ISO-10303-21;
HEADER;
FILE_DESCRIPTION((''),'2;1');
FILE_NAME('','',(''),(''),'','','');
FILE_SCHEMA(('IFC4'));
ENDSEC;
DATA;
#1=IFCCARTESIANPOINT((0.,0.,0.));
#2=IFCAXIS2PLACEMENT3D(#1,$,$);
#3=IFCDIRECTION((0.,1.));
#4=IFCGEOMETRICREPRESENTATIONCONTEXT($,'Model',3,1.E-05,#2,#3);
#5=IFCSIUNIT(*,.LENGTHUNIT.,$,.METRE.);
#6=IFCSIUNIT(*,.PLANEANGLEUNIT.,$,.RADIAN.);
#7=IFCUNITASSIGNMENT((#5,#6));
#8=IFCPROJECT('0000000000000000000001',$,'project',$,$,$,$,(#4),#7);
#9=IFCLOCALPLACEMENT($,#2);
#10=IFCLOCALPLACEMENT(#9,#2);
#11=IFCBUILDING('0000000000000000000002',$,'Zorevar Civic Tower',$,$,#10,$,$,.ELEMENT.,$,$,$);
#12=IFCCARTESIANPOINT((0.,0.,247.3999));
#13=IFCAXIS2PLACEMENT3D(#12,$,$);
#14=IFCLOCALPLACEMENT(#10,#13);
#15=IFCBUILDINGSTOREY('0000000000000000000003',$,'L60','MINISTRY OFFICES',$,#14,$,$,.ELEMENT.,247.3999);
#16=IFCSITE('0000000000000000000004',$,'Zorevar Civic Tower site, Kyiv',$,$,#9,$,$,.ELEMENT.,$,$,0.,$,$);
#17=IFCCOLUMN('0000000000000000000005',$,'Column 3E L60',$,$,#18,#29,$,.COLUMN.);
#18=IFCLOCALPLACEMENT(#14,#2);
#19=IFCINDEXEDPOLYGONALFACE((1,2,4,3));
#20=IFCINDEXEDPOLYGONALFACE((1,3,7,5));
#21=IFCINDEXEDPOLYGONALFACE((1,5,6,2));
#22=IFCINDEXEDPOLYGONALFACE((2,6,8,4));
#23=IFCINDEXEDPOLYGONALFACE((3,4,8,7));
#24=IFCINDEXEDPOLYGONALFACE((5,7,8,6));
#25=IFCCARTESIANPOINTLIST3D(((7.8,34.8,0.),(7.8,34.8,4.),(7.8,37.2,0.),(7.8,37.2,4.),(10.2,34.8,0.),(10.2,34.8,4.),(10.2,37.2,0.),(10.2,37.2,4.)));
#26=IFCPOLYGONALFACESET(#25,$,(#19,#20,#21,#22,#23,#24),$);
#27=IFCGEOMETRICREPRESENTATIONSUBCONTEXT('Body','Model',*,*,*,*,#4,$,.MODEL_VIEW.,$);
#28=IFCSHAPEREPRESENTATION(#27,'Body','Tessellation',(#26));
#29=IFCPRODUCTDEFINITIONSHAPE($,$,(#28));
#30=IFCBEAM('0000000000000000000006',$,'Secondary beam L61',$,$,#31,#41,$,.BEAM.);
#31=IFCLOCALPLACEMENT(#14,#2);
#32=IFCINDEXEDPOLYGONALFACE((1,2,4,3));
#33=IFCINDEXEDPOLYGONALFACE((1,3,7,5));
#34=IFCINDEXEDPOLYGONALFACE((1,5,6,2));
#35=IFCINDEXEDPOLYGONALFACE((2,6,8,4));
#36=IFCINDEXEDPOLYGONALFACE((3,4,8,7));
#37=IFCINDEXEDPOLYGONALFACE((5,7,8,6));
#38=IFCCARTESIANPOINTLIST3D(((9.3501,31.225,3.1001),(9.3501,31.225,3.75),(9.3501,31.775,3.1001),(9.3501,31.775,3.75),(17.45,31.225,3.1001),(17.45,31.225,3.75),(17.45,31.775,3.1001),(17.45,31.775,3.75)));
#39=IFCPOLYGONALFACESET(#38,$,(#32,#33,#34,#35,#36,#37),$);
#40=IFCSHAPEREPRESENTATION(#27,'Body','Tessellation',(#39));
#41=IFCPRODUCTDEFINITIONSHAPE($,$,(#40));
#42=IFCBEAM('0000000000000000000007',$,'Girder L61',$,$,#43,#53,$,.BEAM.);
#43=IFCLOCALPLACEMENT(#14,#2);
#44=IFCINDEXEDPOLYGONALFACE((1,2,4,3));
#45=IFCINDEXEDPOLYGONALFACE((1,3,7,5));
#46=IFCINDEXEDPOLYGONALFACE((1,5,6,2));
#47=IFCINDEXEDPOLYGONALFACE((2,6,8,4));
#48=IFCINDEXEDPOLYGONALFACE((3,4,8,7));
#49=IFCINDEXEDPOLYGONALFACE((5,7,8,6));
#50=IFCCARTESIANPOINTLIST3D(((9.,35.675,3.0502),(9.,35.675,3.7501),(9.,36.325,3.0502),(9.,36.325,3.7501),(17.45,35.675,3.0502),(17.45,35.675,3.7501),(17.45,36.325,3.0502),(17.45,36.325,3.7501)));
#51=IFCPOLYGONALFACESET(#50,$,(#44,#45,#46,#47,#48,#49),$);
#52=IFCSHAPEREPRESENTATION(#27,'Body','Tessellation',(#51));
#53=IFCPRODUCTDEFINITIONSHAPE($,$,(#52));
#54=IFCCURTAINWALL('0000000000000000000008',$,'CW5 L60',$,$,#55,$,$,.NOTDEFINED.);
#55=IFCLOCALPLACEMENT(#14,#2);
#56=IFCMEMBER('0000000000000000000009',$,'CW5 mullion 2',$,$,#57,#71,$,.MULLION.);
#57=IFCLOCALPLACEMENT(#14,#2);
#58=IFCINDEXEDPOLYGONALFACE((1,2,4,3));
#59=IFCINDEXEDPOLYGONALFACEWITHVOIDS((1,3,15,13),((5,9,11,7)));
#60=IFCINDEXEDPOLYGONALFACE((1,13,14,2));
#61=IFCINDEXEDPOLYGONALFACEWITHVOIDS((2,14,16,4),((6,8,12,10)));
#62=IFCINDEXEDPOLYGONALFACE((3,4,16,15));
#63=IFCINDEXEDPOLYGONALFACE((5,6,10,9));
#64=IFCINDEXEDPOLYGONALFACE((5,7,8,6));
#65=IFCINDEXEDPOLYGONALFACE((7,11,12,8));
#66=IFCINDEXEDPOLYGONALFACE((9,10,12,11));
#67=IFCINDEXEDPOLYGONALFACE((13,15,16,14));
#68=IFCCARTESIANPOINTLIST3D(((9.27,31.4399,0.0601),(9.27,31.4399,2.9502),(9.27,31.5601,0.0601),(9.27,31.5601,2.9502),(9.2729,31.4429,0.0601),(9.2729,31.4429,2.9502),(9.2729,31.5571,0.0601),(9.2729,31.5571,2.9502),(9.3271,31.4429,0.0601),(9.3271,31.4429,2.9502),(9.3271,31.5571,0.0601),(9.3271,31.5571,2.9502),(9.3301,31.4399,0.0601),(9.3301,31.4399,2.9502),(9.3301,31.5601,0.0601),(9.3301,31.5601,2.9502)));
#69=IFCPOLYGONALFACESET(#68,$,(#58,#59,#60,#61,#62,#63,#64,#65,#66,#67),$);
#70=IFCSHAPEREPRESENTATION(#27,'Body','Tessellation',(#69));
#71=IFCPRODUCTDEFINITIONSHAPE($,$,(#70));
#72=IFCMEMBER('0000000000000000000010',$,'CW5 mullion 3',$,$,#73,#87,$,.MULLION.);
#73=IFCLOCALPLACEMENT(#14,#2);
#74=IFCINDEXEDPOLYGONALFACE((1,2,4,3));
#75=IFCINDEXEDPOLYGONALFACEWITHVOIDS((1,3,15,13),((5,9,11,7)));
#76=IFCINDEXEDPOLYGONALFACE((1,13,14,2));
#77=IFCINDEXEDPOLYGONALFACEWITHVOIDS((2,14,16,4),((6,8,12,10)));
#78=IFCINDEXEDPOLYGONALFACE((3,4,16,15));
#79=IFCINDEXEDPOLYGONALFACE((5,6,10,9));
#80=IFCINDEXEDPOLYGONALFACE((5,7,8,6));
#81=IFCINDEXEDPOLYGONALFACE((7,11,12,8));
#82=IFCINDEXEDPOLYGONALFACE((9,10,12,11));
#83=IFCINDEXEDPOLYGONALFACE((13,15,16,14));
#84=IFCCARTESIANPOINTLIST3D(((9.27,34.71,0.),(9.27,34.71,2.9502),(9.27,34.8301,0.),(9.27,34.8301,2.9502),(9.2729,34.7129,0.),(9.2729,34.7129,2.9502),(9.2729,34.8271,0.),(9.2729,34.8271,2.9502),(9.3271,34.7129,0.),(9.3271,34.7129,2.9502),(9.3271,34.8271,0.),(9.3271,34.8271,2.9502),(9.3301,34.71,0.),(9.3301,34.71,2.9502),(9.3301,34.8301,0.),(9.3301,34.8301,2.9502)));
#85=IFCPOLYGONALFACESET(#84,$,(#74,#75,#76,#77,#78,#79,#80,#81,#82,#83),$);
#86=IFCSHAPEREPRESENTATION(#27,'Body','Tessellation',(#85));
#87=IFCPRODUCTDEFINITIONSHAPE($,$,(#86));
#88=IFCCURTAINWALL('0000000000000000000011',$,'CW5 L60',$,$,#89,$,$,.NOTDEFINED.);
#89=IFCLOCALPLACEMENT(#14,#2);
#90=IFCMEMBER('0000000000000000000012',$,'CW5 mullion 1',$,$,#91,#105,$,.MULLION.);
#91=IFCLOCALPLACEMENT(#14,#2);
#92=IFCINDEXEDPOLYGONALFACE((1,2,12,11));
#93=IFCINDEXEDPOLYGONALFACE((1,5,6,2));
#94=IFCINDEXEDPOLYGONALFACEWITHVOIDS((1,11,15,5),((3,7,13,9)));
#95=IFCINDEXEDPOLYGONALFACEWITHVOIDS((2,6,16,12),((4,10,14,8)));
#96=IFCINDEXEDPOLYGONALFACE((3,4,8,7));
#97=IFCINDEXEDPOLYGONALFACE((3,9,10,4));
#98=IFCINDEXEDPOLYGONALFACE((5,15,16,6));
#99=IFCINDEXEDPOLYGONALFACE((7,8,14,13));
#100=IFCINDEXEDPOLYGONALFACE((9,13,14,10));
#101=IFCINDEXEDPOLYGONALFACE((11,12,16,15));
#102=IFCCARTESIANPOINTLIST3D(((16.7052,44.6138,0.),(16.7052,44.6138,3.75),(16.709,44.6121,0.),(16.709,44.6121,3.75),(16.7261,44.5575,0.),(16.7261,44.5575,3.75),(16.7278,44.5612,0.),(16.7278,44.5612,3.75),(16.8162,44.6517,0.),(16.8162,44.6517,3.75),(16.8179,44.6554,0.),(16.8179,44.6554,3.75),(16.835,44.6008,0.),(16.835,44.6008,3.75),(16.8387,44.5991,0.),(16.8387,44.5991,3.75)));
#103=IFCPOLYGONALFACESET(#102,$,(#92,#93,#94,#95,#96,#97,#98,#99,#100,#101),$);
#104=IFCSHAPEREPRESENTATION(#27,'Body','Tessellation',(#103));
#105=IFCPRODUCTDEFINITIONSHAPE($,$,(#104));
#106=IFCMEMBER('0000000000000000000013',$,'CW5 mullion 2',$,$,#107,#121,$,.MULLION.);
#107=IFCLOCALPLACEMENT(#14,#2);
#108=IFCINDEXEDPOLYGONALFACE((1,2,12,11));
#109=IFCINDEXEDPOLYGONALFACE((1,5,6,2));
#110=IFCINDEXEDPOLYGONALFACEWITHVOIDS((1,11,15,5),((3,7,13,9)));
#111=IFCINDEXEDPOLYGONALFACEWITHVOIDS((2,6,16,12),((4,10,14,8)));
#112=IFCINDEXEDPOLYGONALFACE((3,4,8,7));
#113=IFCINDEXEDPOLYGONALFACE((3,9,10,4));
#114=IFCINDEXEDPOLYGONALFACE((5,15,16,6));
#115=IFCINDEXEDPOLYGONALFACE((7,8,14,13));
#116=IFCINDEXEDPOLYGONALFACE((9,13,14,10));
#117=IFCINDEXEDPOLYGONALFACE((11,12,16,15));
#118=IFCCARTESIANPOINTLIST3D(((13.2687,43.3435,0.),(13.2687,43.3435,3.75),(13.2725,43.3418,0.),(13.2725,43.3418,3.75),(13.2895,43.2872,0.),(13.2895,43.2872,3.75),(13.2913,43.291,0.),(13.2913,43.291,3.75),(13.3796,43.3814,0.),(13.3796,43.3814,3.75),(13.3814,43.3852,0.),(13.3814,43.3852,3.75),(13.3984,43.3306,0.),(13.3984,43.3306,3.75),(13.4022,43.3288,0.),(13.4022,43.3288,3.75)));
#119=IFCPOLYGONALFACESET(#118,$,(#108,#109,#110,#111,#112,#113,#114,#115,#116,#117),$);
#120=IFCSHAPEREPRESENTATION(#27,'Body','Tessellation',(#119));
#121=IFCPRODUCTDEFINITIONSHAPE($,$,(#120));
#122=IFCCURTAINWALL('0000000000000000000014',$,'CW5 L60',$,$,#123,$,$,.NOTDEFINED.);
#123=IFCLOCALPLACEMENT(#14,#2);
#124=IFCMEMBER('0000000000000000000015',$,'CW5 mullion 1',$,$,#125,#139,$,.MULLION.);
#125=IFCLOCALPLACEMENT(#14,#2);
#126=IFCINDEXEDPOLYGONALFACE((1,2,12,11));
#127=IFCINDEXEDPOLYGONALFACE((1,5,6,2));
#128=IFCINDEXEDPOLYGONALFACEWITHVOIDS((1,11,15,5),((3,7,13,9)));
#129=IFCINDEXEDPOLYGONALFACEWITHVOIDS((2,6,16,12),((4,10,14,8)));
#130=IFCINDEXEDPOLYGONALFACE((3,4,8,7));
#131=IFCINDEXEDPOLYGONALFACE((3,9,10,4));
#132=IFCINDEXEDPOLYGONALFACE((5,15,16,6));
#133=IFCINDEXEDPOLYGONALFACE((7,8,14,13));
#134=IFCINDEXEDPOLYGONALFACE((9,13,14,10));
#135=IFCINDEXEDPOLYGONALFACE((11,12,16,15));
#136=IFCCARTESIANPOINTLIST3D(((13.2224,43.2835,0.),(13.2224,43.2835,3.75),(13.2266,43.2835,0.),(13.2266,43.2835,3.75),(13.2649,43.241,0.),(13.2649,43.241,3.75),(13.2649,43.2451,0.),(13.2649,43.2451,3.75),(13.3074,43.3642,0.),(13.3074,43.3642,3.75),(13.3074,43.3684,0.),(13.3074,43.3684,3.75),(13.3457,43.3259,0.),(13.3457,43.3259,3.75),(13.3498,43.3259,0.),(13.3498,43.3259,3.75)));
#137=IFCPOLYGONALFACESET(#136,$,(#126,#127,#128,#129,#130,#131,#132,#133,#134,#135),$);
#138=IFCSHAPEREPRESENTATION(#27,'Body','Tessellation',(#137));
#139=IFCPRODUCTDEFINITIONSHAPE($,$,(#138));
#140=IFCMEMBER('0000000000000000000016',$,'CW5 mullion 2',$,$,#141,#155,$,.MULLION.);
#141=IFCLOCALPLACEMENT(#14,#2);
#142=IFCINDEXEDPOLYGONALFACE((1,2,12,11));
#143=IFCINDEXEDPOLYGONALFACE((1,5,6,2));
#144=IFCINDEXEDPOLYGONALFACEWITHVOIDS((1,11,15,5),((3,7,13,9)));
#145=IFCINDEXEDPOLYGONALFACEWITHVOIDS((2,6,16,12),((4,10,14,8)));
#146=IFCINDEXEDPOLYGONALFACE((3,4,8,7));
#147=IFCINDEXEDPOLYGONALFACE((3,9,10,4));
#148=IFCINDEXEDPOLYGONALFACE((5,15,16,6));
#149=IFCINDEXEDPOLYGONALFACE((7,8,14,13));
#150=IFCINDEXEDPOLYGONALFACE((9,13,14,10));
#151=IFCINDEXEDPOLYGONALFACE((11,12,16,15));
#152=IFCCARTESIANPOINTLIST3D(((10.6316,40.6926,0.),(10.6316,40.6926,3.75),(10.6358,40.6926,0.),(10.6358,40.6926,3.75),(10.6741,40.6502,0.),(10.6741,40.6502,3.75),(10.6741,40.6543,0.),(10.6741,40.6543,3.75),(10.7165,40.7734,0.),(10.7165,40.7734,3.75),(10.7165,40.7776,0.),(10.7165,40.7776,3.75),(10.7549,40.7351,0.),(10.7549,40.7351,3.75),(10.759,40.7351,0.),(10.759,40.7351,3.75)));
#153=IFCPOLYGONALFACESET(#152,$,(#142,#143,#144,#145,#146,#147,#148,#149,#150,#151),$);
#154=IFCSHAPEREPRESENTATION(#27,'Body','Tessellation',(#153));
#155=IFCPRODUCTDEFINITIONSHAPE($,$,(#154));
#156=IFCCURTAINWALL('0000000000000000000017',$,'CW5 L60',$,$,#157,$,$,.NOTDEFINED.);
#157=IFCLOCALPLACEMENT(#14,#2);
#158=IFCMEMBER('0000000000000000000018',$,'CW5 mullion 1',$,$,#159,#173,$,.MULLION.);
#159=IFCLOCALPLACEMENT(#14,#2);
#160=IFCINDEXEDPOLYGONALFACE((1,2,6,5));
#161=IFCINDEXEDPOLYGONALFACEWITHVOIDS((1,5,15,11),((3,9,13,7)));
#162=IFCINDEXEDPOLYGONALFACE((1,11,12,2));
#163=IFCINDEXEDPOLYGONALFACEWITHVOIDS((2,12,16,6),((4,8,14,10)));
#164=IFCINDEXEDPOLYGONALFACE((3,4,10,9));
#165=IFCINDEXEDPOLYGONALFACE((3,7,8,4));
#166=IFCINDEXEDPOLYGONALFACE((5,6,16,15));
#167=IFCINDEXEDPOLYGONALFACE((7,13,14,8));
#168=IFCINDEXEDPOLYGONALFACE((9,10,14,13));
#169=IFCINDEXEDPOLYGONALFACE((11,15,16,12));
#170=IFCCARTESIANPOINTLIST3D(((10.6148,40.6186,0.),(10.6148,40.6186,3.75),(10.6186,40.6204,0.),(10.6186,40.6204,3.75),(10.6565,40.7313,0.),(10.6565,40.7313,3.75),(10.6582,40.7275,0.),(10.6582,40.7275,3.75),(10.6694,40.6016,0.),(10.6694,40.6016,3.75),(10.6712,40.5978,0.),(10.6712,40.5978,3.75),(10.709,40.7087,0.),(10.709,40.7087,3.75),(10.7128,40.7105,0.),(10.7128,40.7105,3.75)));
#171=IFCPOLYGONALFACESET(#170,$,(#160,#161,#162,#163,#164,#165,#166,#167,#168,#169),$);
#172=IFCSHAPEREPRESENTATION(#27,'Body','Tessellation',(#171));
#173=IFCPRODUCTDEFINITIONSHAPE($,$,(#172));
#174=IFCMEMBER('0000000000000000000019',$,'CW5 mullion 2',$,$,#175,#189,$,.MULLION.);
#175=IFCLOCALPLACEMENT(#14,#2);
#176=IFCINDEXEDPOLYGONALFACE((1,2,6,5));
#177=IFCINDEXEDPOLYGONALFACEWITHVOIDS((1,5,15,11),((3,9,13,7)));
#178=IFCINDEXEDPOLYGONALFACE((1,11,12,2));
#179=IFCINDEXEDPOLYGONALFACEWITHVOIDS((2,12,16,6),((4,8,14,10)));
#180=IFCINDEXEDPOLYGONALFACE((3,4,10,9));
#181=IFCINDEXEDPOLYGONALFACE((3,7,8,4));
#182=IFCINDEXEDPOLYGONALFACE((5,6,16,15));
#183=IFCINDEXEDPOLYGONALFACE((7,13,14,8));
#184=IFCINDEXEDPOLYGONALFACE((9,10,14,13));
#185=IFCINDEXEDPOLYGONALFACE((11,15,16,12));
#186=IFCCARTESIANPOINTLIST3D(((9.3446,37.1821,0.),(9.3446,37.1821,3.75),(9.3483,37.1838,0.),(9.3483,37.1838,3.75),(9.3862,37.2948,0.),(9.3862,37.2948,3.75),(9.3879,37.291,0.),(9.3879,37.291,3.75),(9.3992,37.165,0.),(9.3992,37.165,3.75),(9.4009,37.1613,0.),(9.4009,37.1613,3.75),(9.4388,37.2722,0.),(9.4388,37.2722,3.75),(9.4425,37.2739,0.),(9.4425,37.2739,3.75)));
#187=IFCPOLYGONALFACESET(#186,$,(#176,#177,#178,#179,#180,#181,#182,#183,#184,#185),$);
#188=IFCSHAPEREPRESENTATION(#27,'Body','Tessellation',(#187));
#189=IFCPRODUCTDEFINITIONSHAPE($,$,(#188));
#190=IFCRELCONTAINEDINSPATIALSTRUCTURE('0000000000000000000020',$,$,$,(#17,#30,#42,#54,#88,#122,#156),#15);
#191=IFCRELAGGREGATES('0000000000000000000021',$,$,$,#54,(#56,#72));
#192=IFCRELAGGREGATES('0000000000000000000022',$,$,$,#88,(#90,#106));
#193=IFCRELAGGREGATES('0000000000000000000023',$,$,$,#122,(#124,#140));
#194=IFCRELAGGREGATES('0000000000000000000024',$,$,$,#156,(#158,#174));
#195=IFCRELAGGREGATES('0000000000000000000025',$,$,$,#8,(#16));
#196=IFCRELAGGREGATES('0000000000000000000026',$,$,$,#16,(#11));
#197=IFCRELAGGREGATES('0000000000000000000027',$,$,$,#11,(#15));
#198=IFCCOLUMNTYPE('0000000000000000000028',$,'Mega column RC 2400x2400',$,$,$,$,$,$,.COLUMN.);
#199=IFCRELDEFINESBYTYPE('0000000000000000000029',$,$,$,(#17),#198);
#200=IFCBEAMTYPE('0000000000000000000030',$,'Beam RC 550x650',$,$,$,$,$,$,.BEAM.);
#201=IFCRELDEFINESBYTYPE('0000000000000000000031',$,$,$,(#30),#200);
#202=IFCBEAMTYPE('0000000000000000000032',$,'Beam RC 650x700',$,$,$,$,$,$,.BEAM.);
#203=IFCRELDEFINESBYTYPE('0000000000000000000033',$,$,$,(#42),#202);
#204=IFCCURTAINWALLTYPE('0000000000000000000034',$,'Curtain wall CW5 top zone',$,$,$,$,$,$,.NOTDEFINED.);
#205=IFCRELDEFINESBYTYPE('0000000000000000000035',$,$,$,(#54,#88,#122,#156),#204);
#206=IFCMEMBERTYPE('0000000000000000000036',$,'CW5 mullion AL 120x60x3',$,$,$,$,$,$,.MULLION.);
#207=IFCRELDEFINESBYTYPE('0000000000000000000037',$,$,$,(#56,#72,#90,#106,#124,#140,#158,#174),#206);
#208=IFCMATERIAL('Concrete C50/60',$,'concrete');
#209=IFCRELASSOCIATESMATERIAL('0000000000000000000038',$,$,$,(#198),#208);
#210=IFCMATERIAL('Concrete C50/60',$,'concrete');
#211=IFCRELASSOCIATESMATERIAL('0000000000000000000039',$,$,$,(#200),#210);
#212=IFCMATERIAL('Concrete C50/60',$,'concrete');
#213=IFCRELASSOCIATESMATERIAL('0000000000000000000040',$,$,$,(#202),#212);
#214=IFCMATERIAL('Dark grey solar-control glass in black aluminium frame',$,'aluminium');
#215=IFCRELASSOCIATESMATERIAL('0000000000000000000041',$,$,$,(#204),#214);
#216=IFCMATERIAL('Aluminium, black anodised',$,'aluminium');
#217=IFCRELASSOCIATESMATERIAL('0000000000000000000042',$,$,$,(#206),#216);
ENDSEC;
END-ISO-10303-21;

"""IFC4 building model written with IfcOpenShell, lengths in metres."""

from ifc_helpers import new_model, si_unit, direction, frame, origin, origin_2d, place, context, subcontext, project, spatial, rectangle, hollow_rectangle, extrude, material, material_profile, profile_set, type_object, element, aggregate, save


model = new_model("IFC4")

# Units and contexts
model_context = context("Model", 3, precision=1e-05, world=origin(), true_north=direction((0.0, 1.0)))
body_context = subcontext(model_context, "Body", "Model", "MODEL_VIEW")
ifc_project = project(units=[si_unit("LENGTHUNIT", "METRE"), si_unit("PLANEANGLEUNIT", "RADIAN")], contexts=[model_context])

# Site, building, storey
site_placement = place(None, origin())
site = spatial("IfcSite", under=ifc_project, at=site_placement, Name="Zorevar Civic Tower site, Kyiv", CompositionType="ELEMENT", RefElevation=0.0)
building_placement = place(site_placement, origin())
building = spatial("IfcBuilding", under=site, at=building_placement, Name="Zorevar Civic Tower", CompositionType="ELEMENT")
storey_placement = place(building_placement, frame((0.0, 0.0, 247.3999)))
storey = spatial("IfcBuildingStorey", under=building, at=storey_placement, Name="L60", Description="MINISTRY OFFICES", CompositionType="ELEMENT", Elevation=247.3999)

# Column
ifc_material_1 = material(Name="Concrete C50/60", Category="concrete")
ifc_material_profile_1 = material_profile(ifc_material_1, rectangle(XDim=2.3999, YDim=2.3999, at=origin_2d()), Name="RC 2400x2400")
ifc_profile_set_1 = profile_set([ifc_material_profile_1], Name="Concrete C50/60")
column_type = type_object("IfcColumnType", Name="Mega column RC 2400x2400", PredefinedType="COLUMN", material=ifc_profile_set_1)
column_placement = place(storey_placement, frame((9.0, 36.0, 0.0), z_axis=(0.0, 0.0, 1.0), x_axis=(1.0, 0.0, 0.0)))
element("IfcColumn", 1, at=column_placement, inside=storey, type_object=column_type, Name="Column 3E L60", PredefinedType="COLUMN", context=body_context, shape_type="SweptSolid", body=[
    extrude(rectangle(XDim=2.3999, YDim=2.3999, at=origin_2d()), origin(), (0.0, 0.0, 1.0), 4.0),
])

# Beams
ifc_material_2 = material(Name="Concrete C50/60", Category="concrete")
ifc_material_profile_2 = material_profile(ifc_material_2, rectangle(XDim=0.55, YDim=0.6499, at=origin_2d()), Name="RC 550x650")
ifc_profile_set_2 = profile_set([ifc_material_profile_2], Name="Concrete C50/60")
beam_type_1 = type_object("IfcBeamType", Name="Beam RC 550x650", PredefinedType="BEAM", material=ifc_profile_set_2)
beam_1_placement = place(storey_placement, frame((9.3501, 31.5, 3.425), z_axis=(1.0, 0.0, 0.0), x_axis=(0.0, 1.0, 0.0)))
element("IfcBeam", 2, at=beam_1_placement, inside=storey, type_object=beam_type_1, Name="Secondary beam L61", PredefinedType="BEAM", context=body_context, shape_type="SweptSolid", body=[
    extrude(rectangle(XDim=0.55, YDim=0.6499, at=origin_2d()), origin(), (0.0, 0.0, 1.0), 8.0999),
])
ifc_material_3 = material(Name="Concrete C50/60", Category="concrete")
ifc_material_profile_3 = material_profile(ifc_material_3, rectangle(XDim=0.6499, YDim=0.7, at=origin_2d()), Name="RC 650x700")
ifc_profile_set_3 = profile_set([ifc_material_profile_3], Name="Concrete C50/60")
beam_type_2 = type_object("IfcBeamType", Name="Beam RC 650x700", PredefinedType="BEAM", material=ifc_profile_set_3)
beam_2_placement = place(storey_placement, frame((9.0, 36.0, 3.4001), z_axis=(1.0, 0.0, 0.0), x_axis=(0.0, 1.0, 0.0)))
element("IfcBeam", 3, at=beam_2_placement, inside=storey, type_object=beam_type_2, Name="Girder L61", PredefinedType="BEAM", context=body_context, shape_type="SweptSolid", body=[
    extrude(rectangle(XDim=0.6499, YDim=0.7, at=origin_2d()), origin(), (0.0, 0.0, 1.0), 8.45),
])

# Curtain walls, members
ifc_material_4 = material(Name="Dark grey solar-control glass in black aluminium frame", Category="aluminium")
curtain_wall_type = type_object("IfcCurtainWallType", Name="Curtain wall CW5 top zone", PredefinedType="NOTDEFINED", material=ifc_material_4)
curtain_wall_1_placement = place(storey_placement, origin())
curtain_wall_1 = element("IfcCurtainWall", 4, at=curtain_wall_1_placement, inside=storey, type_object=curtain_wall_type, Name="CW5 L60", PredefinedType="NOTDEFINED")
ifc_material_5 = material(Name="Aluminium, black anodised", Category="aluminium")
ifc_material_profile_4 = material_profile(ifc_material_5, hollow_rectangle(XDim=0.0601, YDim=0.1201, WallThickness=0.0029, at=origin_2d()), Name="AL 120x60x3")
ifc_profile_set_4 = profile_set([ifc_material_profile_4], Name="Aluminium, black anodised")
member_type_1 = type_object("IfcMemberType", Name="CW5 mullion AL 120x60x3", PredefinedType="MULLION", material=ifc_profile_set_4)
member_1_placement = place(storey_placement, frame((9.3, 31.5, 0.0601), z_axis=(0.0, 0.0, 1.0), x_axis=(-1.0, 0.0, 0.0)))
member_1 = element("IfcMember", 5, at=member_1_placement, type_object=member_type_1, Name="CW5 mullion 2", PredefinedType="MULLION", context=body_context, shape_type="SweptSolid", body=[
    extrude(hollow_rectangle(XDim=0.0601, YDim=0.1201, WallThickness=0.0029, at=origin_2d()), origin(), (0.0, 0.0, 1.0), 2.8901),
])
member_2_placement = place(storey_placement, frame((9.3, 34.77, 0.0), z_axis=(0.0, 0.0, 1.0), x_axis=(-1.0, 0.0, 0.0)))
member_2 = element("IfcMember", 6, at=member_2_placement, type_object=member_type_1, Name="CW5 mullion 3", PredefinedType="MULLION", context=body_context, shape_type="SweptSolid", body=[
    extrude(hollow_rectangle(XDim=0.0601, YDim=0.1201, WallThickness=0.0029, at=origin_2d()), origin(), (0.0, 0.0, 1.0), 2.9502),
])
curtain_wall_2_placement = place(storey_placement, origin())
curtain_wall_2 = element("IfcCurtainWall", 7, at=curtain_wall_2_placement, inside=storey, type_object=curtain_wall_type, Name="CW5 L60", PredefinedType="NOTDEFINED")
member_3_placement = place(storey_placement, frame((16.772, 44.6064, 0.0), z_axis=(0.0, 0.0, 1.0), x_axis=(0.346704, -0.937975, 0.0)))
member_3 = element("IfcMember", 8, at=member_3_placement, type_object=member_type_1, Name="CW5 mullion 1", PredefinedType="MULLION", context=body_context, shape_type="SweptSolid", body=[
    extrude(hollow_rectangle(XDim=0.0601, YDim=0.1201, WallThickness=0.0029, at=origin_2d()), origin(), (0.0, 0.0, 1.0), 3.75),
])
member_4_placement = place(storey_placement, frame((13.3354, 43.3362, 0.0), z_axis=(0.0, 0.0, 1.0), x_axis=(0.346704, -0.937975, 0.0)))
member_4 = element("IfcMember", 9, at=member_4_placement, type_object=member_type_1, Name="CW5 mullion 2", PredefinedType="MULLION", context=body_context, shape_type="SweptSolid", body=[
    extrude(hollow_rectangle(XDim=0.0601, YDim=0.1201, WallThickness=0.0029, at=origin_2d()), origin(), (0.0, 0.0, 1.0), 3.75),
])
curtain_wall_3_placement = place(storey_placement, origin())
curtain_wall_3 = element("IfcCurtainWall", 10, at=curtain_wall_3_placement, inside=storey, type_object=curtain_wall_type, Name="CW5 L60", PredefinedType="NOTDEFINED")
member_5_placement = place(storey_placement, frame((13.2861, 43.3047, 0.0), z_axis=(0.0, 0.0, 1.0), x_axis=(0.707107, -0.707107, 0.0)))
member_5 = element("IfcMember", 11, at=member_5_placement, type_object=member_type_1, Name="CW5 mullion 1", PredefinedType="MULLION", context=body_context, shape_type="SweptSolid", body=[
    extrude(hollow_rectangle(XDim=0.0601, YDim=0.1201, WallThickness=0.0029, at=origin_2d()), origin(), (0.0, 0.0, 1.0), 3.75),
])
member_6_placement = place(storey_placement, frame((10.6953, 40.7139, 0.0), z_axis=(0.0, 0.0, 1.0), x_axis=(0.707107, -0.707107, 0.0)))
member_6 = element("IfcMember", 12, at=member_6_placement, type_object=member_type_1, Name="CW5 mullion 2", PredefinedType="MULLION", context=body_context, shape_type="SweptSolid", body=[
    extrude(hollow_rectangle(XDim=0.0601, YDim=0.1201, WallThickness=0.0029, at=origin_2d()), origin(), (0.0, 0.0, 1.0), 3.75),
])
curtain_wall_4_placement = place(storey_placement, origin())
curtain_wall_4 = element("IfcCurtainWall", 13, at=curtain_wall_4_placement, inside=storey, type_object=curtain_wall_type, Name="CW5 L60", PredefinedType="NOTDEFINED")
member_7_placement = place(storey_placement, frame((10.6638, 40.6646, 0.0), z_axis=(0.0, 0.0, 1.0), x_axis=(0.937975, -0.346704, 0.0)))
member_7 = element("IfcMember", 14, at=member_7_placement, type_object=member_type_1, Name="CW5 mullion 1", PredefinedType="MULLION", context=body_context, shape_type="SweptSolid", body=[
    extrude(hollow_rectangle(XDim=0.0601, YDim=0.1201, WallThickness=0.0029, at=origin_2d()), origin(), (0.0, 0.0, 1.0), 3.75),
])
member_8_placement = place(storey_placement, frame((9.3936, 37.228, 0.0), z_axis=(0.0, 0.0, 1.0), x_axis=(0.937975, -0.346704, 0.0)))
member_8 = element("IfcMember", 15, at=member_8_placement, type_object=member_type_1, Name="CW5 mullion 2", PredefinedType="MULLION", context=body_context, shape_type="SweptSolid", body=[
    extrude(hollow_rectangle(XDim=0.0601, YDim=0.1201, WallThickness=0.0029, at=origin_2d()), origin(), (0.0, 0.0, 1.0), 3.75),
])

aggregate(curtain_wall_1, [member_1, member_2])
aggregate(curtain_wall_2, [member_3, member_4])
aggregate(curtain_wall_3, [member_5, member_6])
aggregate(curtain_wall_4, [member_7, member_8])

save(model, "model.ifc")
